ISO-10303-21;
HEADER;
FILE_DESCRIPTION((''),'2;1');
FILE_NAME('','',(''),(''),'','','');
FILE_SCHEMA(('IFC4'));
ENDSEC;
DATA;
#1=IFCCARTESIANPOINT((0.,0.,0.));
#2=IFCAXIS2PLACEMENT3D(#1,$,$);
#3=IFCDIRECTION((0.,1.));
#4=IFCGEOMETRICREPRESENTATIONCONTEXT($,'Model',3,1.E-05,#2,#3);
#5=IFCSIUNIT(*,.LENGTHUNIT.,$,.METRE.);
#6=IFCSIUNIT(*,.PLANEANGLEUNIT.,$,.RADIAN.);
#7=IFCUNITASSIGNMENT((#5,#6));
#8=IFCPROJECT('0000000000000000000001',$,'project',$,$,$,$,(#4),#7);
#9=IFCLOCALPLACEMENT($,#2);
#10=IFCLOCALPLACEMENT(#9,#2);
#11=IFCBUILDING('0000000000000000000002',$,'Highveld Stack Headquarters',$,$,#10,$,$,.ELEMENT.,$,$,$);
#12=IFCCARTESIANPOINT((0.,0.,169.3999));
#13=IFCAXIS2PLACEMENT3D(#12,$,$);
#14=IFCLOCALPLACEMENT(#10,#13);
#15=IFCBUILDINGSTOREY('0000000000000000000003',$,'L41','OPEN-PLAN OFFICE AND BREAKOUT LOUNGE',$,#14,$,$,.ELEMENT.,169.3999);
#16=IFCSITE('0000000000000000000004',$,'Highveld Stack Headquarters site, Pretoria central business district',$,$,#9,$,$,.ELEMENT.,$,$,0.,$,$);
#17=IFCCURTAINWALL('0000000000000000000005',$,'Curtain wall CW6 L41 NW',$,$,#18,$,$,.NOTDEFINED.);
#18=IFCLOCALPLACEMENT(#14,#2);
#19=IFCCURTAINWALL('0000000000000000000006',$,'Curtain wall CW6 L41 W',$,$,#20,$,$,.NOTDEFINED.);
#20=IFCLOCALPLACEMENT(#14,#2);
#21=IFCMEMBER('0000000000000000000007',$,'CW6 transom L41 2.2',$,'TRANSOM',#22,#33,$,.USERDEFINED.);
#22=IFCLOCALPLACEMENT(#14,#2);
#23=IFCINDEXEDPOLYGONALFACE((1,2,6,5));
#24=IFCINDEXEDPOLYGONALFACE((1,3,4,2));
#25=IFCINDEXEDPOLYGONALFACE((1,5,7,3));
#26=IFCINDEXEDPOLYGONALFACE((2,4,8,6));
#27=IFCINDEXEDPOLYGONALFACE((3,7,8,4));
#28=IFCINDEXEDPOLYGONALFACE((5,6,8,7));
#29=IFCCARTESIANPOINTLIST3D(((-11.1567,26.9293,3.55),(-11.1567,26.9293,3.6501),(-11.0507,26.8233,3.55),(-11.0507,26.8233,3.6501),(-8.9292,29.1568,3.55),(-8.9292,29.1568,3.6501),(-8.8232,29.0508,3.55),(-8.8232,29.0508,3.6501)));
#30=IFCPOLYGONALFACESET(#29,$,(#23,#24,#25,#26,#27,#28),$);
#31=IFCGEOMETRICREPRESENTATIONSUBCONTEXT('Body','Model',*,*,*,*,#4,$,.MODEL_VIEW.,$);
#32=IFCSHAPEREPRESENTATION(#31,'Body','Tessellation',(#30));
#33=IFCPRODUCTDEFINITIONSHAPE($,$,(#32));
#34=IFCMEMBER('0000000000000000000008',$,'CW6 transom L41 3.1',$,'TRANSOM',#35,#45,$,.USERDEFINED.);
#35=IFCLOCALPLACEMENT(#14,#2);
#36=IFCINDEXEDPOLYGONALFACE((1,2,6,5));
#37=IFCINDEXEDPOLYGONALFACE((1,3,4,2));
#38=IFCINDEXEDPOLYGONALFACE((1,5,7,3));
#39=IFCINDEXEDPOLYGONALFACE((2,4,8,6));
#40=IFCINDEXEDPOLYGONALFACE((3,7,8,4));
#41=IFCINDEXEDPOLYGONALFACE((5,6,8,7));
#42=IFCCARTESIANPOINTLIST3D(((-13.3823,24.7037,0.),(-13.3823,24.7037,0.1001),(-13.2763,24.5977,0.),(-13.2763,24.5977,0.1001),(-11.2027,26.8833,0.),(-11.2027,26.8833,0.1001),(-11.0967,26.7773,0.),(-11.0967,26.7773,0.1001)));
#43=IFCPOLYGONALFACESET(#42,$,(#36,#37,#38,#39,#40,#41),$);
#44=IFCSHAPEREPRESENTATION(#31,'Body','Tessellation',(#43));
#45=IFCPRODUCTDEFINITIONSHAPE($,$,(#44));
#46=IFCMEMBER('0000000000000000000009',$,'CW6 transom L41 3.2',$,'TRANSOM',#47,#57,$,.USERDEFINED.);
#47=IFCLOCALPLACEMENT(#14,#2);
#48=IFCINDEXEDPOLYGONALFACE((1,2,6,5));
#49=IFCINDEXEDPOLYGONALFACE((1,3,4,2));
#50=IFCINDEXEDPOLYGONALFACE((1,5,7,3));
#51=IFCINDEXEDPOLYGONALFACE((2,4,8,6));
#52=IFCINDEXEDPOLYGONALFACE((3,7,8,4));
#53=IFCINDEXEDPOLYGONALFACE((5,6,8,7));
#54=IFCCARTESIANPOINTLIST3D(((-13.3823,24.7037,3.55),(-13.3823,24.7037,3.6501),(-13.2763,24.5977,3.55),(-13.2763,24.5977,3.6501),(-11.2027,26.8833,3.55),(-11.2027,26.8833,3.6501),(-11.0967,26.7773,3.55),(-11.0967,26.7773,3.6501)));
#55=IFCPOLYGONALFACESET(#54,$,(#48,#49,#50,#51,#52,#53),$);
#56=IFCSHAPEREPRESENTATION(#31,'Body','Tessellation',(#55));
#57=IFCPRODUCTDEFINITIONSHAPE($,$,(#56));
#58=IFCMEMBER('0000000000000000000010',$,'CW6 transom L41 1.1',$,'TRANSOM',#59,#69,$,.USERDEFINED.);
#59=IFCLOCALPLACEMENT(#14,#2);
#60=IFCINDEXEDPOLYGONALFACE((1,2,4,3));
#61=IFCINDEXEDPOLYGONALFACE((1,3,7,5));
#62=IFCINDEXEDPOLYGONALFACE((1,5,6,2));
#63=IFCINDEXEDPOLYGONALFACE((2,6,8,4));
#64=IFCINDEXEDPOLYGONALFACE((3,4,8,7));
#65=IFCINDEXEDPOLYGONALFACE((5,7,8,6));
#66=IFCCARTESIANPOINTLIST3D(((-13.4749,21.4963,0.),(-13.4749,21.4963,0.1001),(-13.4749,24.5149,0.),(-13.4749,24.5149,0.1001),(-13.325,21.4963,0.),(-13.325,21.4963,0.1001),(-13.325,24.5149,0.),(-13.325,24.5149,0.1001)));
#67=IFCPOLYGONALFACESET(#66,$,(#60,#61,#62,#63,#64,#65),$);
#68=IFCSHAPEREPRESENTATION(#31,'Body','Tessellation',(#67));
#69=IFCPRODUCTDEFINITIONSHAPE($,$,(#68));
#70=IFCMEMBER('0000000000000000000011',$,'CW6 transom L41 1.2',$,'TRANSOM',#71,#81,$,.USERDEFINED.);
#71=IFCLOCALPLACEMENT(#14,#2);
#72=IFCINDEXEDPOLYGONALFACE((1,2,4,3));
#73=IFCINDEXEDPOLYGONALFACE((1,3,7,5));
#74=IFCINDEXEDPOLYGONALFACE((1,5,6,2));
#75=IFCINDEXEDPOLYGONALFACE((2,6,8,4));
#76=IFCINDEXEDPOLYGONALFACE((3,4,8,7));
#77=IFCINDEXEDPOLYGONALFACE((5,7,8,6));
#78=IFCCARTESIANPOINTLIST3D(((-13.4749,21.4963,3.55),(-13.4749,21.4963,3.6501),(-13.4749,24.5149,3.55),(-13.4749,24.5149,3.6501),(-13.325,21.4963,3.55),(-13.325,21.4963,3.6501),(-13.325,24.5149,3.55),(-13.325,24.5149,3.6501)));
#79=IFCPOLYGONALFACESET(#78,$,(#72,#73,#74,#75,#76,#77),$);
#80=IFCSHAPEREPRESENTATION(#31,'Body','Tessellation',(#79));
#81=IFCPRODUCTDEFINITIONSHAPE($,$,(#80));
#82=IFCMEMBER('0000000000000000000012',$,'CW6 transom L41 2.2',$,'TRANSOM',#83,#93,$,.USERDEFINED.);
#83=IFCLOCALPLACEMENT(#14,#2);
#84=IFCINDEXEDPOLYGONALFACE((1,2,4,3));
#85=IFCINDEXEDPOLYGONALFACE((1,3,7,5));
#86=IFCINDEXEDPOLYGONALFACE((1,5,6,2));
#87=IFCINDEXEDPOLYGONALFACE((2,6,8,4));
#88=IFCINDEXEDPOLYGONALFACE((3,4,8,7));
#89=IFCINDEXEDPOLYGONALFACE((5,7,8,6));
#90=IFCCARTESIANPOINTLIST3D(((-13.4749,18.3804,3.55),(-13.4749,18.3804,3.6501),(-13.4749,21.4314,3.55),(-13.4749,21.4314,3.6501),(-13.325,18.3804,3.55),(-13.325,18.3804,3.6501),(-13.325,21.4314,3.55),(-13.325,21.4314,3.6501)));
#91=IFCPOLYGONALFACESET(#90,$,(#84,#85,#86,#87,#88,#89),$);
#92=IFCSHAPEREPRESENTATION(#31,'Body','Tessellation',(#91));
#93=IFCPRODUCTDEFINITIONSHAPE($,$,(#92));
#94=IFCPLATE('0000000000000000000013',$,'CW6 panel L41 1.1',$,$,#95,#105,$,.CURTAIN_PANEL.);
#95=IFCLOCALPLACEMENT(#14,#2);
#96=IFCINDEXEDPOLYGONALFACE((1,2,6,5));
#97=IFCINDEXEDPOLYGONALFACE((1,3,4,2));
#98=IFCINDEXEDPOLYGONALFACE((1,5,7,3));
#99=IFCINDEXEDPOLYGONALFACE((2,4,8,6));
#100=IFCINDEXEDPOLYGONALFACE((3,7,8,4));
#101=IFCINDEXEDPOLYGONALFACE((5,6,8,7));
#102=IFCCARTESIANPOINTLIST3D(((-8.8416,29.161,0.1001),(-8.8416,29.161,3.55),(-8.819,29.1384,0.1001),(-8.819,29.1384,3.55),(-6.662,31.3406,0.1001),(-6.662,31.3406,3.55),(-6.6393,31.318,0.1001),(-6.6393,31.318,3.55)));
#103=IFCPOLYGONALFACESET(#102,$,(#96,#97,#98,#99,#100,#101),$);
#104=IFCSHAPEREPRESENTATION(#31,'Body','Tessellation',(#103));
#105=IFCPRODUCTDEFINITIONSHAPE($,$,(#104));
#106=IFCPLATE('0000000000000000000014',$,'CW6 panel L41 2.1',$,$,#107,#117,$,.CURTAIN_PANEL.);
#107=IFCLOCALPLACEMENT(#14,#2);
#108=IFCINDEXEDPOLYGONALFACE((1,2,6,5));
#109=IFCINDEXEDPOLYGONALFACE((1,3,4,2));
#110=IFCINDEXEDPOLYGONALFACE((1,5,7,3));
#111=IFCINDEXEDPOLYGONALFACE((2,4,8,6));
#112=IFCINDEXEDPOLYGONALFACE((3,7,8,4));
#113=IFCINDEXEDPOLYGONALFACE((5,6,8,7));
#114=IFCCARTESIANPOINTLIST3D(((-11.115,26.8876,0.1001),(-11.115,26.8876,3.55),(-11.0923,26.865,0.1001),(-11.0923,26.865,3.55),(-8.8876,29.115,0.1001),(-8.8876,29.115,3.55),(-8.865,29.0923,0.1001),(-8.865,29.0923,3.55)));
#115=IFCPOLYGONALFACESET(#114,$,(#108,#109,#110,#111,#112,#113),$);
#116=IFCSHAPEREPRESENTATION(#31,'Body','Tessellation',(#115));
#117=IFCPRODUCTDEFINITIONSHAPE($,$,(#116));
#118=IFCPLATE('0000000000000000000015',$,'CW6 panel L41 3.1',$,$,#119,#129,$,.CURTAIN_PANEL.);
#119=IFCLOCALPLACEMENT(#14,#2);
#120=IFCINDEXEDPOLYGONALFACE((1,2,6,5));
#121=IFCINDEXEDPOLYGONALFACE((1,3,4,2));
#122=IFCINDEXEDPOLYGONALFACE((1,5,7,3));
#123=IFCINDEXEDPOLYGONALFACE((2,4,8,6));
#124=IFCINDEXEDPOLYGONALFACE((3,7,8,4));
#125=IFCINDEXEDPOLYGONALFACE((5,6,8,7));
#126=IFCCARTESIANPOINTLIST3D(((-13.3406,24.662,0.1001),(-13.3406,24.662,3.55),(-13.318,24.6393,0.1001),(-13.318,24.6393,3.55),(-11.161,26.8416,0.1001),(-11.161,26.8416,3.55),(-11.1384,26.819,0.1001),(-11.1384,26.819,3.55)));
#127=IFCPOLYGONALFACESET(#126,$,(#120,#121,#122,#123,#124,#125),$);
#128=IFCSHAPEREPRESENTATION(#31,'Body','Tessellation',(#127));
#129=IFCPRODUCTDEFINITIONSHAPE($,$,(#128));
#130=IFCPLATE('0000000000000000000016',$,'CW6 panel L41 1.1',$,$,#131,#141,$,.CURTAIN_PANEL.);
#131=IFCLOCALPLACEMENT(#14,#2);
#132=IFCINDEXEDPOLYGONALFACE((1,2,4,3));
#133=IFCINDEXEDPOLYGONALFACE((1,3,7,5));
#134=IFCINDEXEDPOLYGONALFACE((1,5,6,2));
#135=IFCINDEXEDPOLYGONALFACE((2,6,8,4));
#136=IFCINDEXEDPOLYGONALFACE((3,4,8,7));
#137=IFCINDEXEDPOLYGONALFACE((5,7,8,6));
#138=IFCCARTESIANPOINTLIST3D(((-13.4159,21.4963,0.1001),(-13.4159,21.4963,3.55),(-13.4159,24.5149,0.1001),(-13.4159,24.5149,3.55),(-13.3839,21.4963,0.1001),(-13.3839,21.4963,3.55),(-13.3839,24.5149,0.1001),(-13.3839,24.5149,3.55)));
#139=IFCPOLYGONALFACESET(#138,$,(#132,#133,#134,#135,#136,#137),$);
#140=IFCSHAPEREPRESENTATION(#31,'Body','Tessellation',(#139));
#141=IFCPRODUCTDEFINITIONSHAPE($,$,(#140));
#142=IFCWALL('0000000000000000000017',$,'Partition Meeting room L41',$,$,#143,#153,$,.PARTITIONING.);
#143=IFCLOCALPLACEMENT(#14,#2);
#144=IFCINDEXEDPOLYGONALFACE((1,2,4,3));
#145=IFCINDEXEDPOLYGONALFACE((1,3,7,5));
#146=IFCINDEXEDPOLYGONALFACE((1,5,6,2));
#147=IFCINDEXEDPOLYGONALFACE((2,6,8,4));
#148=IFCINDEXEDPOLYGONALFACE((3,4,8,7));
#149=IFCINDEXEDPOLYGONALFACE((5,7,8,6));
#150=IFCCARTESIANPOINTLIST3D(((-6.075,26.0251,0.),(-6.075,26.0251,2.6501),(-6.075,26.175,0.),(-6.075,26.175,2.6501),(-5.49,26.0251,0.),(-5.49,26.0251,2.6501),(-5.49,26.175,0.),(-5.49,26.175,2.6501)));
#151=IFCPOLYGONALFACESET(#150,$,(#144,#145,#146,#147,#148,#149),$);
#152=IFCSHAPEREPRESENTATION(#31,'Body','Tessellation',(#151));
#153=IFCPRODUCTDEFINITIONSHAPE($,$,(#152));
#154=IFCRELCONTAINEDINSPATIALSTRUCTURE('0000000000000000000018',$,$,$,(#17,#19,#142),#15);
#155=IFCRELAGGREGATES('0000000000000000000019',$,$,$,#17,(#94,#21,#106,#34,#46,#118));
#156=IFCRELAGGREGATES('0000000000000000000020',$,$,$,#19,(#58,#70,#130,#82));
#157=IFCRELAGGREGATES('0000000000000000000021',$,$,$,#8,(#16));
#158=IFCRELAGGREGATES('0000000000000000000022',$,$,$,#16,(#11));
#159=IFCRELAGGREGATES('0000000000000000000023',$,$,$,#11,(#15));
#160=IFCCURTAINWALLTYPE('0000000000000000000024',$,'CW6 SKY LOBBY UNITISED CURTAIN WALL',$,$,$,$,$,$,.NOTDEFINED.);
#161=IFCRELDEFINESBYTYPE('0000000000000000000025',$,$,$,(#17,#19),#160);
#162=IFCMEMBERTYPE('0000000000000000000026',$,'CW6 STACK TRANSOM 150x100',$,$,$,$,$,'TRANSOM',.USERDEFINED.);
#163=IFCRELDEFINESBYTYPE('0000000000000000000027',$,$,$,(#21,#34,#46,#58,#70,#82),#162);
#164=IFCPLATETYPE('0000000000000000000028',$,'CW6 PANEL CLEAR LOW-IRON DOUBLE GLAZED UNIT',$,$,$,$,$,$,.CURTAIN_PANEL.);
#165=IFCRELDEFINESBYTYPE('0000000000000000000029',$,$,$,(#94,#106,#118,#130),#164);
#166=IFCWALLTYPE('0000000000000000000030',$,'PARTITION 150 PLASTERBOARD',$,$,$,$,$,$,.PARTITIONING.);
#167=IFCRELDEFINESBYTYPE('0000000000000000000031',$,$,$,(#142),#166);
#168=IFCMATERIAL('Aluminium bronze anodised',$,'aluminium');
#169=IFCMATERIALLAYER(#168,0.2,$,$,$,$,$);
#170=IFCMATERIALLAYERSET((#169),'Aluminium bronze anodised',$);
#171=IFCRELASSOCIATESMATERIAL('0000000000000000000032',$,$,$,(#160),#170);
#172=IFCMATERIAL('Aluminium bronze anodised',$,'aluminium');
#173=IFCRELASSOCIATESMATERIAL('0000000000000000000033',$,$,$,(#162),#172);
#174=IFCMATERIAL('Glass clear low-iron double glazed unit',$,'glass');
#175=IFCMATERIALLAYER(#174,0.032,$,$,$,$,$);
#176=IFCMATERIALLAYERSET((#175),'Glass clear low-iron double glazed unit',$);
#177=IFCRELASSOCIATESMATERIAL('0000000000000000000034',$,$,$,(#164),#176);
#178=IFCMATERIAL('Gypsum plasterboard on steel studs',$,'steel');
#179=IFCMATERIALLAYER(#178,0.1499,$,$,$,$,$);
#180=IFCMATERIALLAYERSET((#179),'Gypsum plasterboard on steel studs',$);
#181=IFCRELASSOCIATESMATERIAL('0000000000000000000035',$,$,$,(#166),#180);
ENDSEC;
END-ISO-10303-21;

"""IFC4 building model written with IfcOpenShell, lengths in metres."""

from ifc_helpers import new_model, si_unit, direction, frame, frame_2d, origin, origin_2d, place, context, subcontext, project, spatial, rectangle, extrude, material, layer, layer_set, material_profile, profile_set, type_object, element, aggregate, save


model = new_model("IFC4")

# Units and contexts
model_context = context("Model", 3, precision=1e-05, world=origin(), true_north=direction((0.0, 1.0)))
body_context = subcontext(model_context, "Body", "Model", "MODEL_VIEW")
ifc_project = project(units=[si_unit("LENGTHUNIT", "METRE"), si_unit("PLANEANGLEUNIT", "RADIAN")], contexts=[model_context])

# Site, building, storey
site_placement = place(None, origin())
site = spatial("IfcSite", under=ifc_project, at=site_placement, Name="Highveld Stack Headquarters site, Pretoria central business district", CompositionType="ELEMENT", RefElevation=0.0)
building_placement = place(site_placement, origin())
building = spatial("IfcBuilding", under=site, at=building_placement, Name="Highveld Stack Headquarters", CompositionType="ELEMENT")
storey_placement = place(building_placement, frame((0.0, 0.0, 169.3999)))
storey = spatial("IfcBuildingStorey", under=building, at=storey_placement, Name="L41", Description="OPEN-PLAN OFFICE AND BREAKOUT LOUNGE", CompositionType="ELEMENT", Elevation=169.3999)

# Shared definitions
ifc_material_1 = material(Name="Aluminium bronze anodised", Category="aluminium")
ifc_layer_1 = layer(ifc_material_1, 0.2)
ifc_layer_set_1 = layer_set([ifc_layer_1], Name="Aluminium bronze anodised")
curtain_wall_type = type_object("IfcCurtainWallType", Name="CW6 SKY LOBBY UNITISED CURTAIN WALL", PredefinedType="NOTDEFINED", material=ifc_layer_set_1)

# Curtain walls
curtain_wall_1_placement = place(storey_placement, origin())
curtain_wall_1 = element("IfcCurtainWall", 1, at=curtain_wall_1_placement, inside=storey, type_object=curtain_wall_type, Name="Curtain wall CW6 L41 NW", PredefinedType="NOTDEFINED")
curtain_wall_2_placement = place(storey_placement, origin())
curtain_wall_2 = element("IfcCurtainWall", 2, at=curtain_wall_2_placement, inside=storey, type_object=curtain_wall_type, Name="Curtain wall CW6 L41 W", PredefinedType="NOTDEFINED")

# Members
ifc_material_2 = material(Name="Aluminium bronze anodised", Category="aluminium")
ifc_material_profile_1 = material_profile(ifc_material_2, rectangle(XDim=0.1499, YDim=0.1001, at=origin_2d()), Name="CW6 TRANSOM 150x100")
ifc_profile_set_1 = profile_set([ifc_material_profile_1], Name="Aluminium bronze anodised")
member_type_1 = type_object("IfcMemberType", Name="CW6 STACK TRANSOM 150x100", ElementType="TRANSOM", PredefinedType="USERDEFINED", material=ifc_profile_set_1)
member_1_placement = place(storey_placement, frame((-8.8762, 29.1038, 3.6001), z_axis=(-0.707107, -0.707107, 0.0), x_axis=(0.707107, -0.707107, 0.0)))
member_1 = element("IfcMember", 3, at=member_1_placement, type_object=member_type_1, Name="CW6 transom L41 2.2", ObjectType="TRANSOM", PredefinedType="USERDEFINED", context=body_context, shape_type="SweptSolid", body=[
    extrude(rectangle(XDim=0.1499, YDim=0.1001, at=origin_2d()), origin(), (0.0, 0.0, 1.0), 3.1501),
])
member_2_placement = place(storey_placement, frame((-11.1497, 26.8303, 0.05), z_axis=(-0.707107, -0.707107, 0.0), x_axis=(0.707107, -0.707107, 0.0)))
member_2 = element("IfcMember", 4, at=member_2_placement, type_object=member_type_1, Name="CW6 transom L41 3.1", ObjectType="TRANSOM", PredefinedType="USERDEFINED", context=body_context, shape_type="SweptSolid", body=[
    extrude(rectangle(XDim=0.1499, YDim=0.1001, at=origin_2d()), origin(), (0.0, 0.0, 1.0), 3.0825),
])
member_3_placement = place(storey_placement, frame((-11.1497, 26.8303, 3.6001), z_axis=(-0.707107, -0.707107, 0.0), x_axis=(0.707107, -0.707107, 0.0)))
member_3 = element("IfcMember", 5, at=member_3_placement, type_object=member_type_1, Name="CW6 transom L41 3.2", ObjectType="TRANSOM", PredefinedType="USERDEFINED", context=body_context, shape_type="SweptSolid", body=[
    extrude(rectangle(XDim=0.1499, YDim=0.1001, at=origin_2d()), origin(), (0.0, 0.0, 1.0), 3.0825),
])
member_4_placement = place(storey_placement, frame((-13.3999, 24.5149, 0.05), z_axis=(0.0, -1.0, 0.0), x_axis=(1.0, 0.0, 0.0)))
member_4 = element("IfcMember", 6, at=member_4_placement, type_object=member_type_1, Name="CW6 transom L41 1.1", ObjectType="TRANSOM", PredefinedType="USERDEFINED", context=body_context, shape_type="SweptSolid", body=[
    extrude(rectangle(XDim=0.1499, YDim=0.1001, at=origin_2d()), origin(), (0.0, 0.0, 1.0), 3.0186),
])
member_5_placement = place(storey_placement, frame((-13.3999, 24.5149, 3.6001), z_axis=(0.0, -1.0, 0.0), x_axis=(1.0, 0.0, 0.0)))
member_5 = element("IfcMember", 7, at=member_5_placement, type_object=member_type_1, Name="CW6 transom L41 1.2", ObjectType="TRANSOM", PredefinedType="USERDEFINED", context=body_context, shape_type="SweptSolid", body=[
    extrude(rectangle(XDim=0.1499, YDim=0.1001, at=origin_2d()), origin(), (0.0, 0.0, 1.0), 3.0186),
])
member_6_placement = place(storey_placement, frame((-13.3999, 21.4314, 3.6001), z_axis=(0.0, -1.0, 0.0), x_axis=(1.0, 0.0, 0.0)))
member_6 = element("IfcMember", 8, at=member_6_placement, type_object=member_type_1, Name="CW6 transom L41 2.2", ObjectType="TRANSOM", PredefinedType="USERDEFINED", context=body_context, shape_type="SweptSolid", body=[
    extrude(rectangle(XDim=0.1499, YDim=0.1001, at=origin_2d()), origin(), (0.0, 0.0, 1.0), 3.051),
])

# Plates
ifc_material_3 = material(Name="Glass clear low-iron double glazed unit", Category="glass")
ifc_layer_2 = layer(ifc_material_3, 0.032)
ifc_layer_set_2 = layer_set([ifc_layer_2], Name="Glass clear low-iron double glazed unit")
plate_type = type_object("IfcPlateType", Name="CW6 PANEL CLEAR LOW-IRON DOUBLE GLAZED UNIT", PredefinedType="CURTAIN_PANEL", material=ifc_layer_set_2)
plate_1_placement = place(storey_placement, frame((-7.7405, 30.2395, 0.1001), z_axis=(0.0, 0.0, 1.0), x_axis=(-0.707107, -0.707107, 0.0)))
plate_1 = element("IfcPlate", 9, at=plate_1_placement, type_object=plate_type, Name="CW6 panel L41 1.1", PredefinedType="CURTAIN_PANEL", context=body_context, shape_type="SweptSolid", body=[
    extrude(rectangle(XDim=3.0825, YDim=0.032, at=origin_2d()), origin(), (0.0, 0.0, 1.0), 3.45),
])
plate_2_placement = place(storey_placement, frame((-9.99, 27.99, 0.1001), z_axis=(0.0, 0.0, 1.0), x_axis=(-0.707107, -0.707107, 0.0)))
plate_2 = element("IfcPlate", 10, at=plate_2_placement, type_object=plate_type, Name="CW6 panel L41 2.1", PredefinedType="CURTAIN_PANEL", context=body_context, shape_type="SweptSolid", body=[
    extrude(rectangle(XDim=3.1499, YDim=0.032, at=origin_2d()), origin(), (0.0, 0.0, 1.0), 3.45),
])
plate_3_placement = place(storey_placement, frame((-12.2395, 25.7405, 0.1001), z_axis=(0.0, 0.0, 1.0), x_axis=(-0.707107, -0.707107, 0.0)))
plate_3 = element("IfcPlate", 11, at=plate_3_placement, type_object=plate_type, Name="CW6 panel L41 3.1", PredefinedType="CURTAIN_PANEL", context=body_context, shape_type="SweptSolid", body=[
    extrude(rectangle(XDim=3.0825, YDim=0.032, at=origin_2d()), origin(), (0.0, 0.0, 1.0), 3.45),
])
aggregate(curtain_wall_1, [plate_1, member_1, plate_2, member_2, member_3, plate_3])
plate_4_placement = place(storey_placement, frame((-13.3999, 23.0056, 0.1001), z_axis=(0.0, 0.0, 1.0), x_axis=(0.0, -1.0, 0.0)))
plate_4 = element("IfcPlate", 12, at=plate_4_placement, type_object=plate_type, Name="CW6 panel L41 1.1", PredefinedType="CURTAIN_PANEL", context=body_context, shape_type="SweptSolid", body=[
    extrude(rectangle(XDim=3.0186, YDim=0.032, at=origin_2d()), origin(), (0.0, 0.0, 1.0), 3.45),
])
aggregate(curtain_wall_2, [member_4, member_5, plate_4, member_6])

# Wall
ifc_material_4 = material(Name="Gypsum plasterboard on steel studs", Category="steel")
ifc_layer_3 = layer(ifc_material_4, 0.1499)
ifc_layer_set_3 = layer_set([ifc_layer_3], Name="Gypsum plasterboard on steel studs")
wall_type = type_object("IfcWallType", Name="PARTITION 150 PLASTERBOARD", PredefinedType="PARTITIONING", material=ifc_layer_set_3)
wall_placement = place(storey_placement, frame((-6.075, 26.1001, 0.0), z_axis=(0.0, 0.0, 1.0), x_axis=(1.0, 0.0, 0.0)))
element("IfcWall", 13, at=wall_placement, inside=storey, type_object=wall_type, Name="Partition Meeting room L41", PredefinedType="PARTITIONING", context=body_context, shape_type="SweptSolid", body=[
    extrude(rectangle(XDim=0.585, YDim=0.1499, at=frame_2d((0.2925, 0.0))), origin(), (0.0, 0.0, 1.0), 2.6501),
])

save(model, "model.ifc")
